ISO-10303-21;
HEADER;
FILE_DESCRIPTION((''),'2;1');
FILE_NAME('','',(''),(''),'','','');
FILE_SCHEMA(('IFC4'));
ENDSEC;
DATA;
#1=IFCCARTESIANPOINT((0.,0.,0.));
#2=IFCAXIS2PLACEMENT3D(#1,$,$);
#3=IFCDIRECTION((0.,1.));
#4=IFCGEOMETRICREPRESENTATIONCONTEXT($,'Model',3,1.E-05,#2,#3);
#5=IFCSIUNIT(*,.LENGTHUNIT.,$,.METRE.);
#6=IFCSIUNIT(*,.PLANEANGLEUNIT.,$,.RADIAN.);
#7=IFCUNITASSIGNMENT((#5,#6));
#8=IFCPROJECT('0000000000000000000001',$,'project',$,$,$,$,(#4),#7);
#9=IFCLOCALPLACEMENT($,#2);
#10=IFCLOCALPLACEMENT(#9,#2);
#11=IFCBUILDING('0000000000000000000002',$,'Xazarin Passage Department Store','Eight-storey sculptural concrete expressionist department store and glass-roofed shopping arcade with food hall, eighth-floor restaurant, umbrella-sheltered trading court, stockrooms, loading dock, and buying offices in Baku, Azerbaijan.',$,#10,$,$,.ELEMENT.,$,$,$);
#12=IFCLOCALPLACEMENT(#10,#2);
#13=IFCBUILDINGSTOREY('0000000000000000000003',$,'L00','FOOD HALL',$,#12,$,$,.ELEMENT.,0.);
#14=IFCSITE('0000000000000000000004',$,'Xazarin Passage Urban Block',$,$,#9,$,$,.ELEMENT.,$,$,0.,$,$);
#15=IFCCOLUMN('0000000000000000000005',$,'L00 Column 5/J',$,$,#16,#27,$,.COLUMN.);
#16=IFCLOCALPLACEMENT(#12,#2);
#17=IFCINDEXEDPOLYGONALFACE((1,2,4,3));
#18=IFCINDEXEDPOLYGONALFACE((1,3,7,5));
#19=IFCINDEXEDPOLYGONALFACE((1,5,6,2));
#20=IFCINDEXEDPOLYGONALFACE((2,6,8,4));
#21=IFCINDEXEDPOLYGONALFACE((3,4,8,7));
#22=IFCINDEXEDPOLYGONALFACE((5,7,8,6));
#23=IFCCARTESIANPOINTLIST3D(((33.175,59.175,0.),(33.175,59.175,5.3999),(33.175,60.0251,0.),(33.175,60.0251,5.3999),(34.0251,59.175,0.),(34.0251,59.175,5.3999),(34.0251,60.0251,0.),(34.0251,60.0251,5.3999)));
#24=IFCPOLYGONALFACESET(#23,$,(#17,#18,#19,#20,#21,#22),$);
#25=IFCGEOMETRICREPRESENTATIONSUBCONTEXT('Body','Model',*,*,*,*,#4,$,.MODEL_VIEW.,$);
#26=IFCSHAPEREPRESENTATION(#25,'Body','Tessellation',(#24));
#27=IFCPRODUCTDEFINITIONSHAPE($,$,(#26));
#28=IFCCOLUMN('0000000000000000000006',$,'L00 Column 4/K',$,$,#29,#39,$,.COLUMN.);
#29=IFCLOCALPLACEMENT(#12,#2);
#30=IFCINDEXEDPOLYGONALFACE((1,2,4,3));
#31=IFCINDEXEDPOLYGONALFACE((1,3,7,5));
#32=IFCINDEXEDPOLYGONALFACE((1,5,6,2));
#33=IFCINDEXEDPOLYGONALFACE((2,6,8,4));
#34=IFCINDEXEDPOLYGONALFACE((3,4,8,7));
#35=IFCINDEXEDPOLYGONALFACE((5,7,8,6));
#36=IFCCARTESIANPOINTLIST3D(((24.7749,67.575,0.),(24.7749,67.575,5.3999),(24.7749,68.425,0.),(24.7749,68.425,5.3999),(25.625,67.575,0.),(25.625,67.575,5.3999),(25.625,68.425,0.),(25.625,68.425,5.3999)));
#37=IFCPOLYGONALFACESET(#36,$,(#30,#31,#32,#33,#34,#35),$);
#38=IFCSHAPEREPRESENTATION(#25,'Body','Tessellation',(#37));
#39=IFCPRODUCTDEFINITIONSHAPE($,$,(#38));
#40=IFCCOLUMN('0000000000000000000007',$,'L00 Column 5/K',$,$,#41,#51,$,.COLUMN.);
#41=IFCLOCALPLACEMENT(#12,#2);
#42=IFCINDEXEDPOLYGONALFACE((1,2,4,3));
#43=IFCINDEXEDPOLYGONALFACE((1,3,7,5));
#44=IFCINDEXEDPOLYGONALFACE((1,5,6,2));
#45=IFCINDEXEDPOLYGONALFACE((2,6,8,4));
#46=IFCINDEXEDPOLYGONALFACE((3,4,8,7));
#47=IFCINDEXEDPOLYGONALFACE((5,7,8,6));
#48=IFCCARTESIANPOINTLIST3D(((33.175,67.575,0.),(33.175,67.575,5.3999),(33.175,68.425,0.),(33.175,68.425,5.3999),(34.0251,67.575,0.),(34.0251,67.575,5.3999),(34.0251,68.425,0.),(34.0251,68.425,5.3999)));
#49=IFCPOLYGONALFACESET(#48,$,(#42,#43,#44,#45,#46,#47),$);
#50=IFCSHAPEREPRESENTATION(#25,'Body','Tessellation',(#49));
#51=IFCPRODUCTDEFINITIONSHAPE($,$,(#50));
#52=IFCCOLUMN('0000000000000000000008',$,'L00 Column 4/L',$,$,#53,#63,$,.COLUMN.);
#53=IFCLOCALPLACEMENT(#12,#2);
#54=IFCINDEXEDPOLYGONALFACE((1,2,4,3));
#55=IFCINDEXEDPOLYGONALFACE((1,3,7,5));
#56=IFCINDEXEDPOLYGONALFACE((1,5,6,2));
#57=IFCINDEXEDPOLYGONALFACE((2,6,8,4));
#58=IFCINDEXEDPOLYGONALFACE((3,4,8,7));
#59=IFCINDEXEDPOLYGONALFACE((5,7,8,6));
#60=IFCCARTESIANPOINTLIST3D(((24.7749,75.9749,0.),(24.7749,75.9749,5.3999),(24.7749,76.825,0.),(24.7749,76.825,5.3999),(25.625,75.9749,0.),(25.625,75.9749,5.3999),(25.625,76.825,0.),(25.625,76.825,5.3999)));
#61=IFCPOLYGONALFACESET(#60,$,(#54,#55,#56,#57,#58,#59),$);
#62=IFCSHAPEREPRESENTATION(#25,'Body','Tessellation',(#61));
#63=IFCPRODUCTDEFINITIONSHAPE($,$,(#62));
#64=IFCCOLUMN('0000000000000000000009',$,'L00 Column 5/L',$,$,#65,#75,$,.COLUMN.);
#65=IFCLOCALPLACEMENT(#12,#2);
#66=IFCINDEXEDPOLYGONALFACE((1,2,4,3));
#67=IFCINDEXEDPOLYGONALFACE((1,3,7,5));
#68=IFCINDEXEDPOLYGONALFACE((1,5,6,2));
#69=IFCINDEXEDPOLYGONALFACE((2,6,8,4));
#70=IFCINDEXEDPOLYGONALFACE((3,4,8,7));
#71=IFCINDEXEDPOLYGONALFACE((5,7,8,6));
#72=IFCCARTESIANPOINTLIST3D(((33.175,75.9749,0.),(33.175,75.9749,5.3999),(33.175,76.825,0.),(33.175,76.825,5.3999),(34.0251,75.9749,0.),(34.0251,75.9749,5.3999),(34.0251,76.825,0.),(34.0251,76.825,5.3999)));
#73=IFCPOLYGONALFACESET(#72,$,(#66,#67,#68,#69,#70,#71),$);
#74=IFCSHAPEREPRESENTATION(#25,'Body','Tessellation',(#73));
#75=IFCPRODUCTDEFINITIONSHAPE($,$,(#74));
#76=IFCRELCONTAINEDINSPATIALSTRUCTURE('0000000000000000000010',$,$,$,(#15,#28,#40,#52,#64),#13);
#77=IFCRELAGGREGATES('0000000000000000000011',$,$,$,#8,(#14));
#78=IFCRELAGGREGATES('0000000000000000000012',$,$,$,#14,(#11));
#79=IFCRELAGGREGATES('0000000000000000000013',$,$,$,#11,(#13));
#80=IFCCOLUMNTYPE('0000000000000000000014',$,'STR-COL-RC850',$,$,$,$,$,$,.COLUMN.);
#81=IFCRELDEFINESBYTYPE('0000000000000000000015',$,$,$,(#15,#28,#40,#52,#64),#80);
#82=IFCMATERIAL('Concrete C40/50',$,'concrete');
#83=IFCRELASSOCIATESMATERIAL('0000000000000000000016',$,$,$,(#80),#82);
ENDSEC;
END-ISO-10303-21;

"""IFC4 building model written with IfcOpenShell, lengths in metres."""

from ifc_helpers import new_model, si_unit, direction, frame, origin, origin_2d, place, context, subcontext, project, spatial, rectangle, extrude, material, material_profile, profile_set, type_object, element, save


model = new_model("IFC4")

# Units and contexts
model_context = context("Model", 3, precision=1e-05, world=origin(), true_north=direction((0.0, 1.0)))
body_context = subcontext(model_context, "Body", "Model", "MODEL_VIEW")
ifc_project = project(units=[si_unit("LENGTHUNIT", "METRE"), si_unit("PLANEANGLEUNIT", "RADIAN")], contexts=[model_context])

# Site, building, storey
site_placement = place(None, origin())
site = spatial("IfcSite", under=ifc_project, at=site_placement, Name="Xazarin Passage Urban Block", CompositionType="ELEMENT", RefElevation=0.0)
building_placement = place(site_placement, origin())
building = spatial("IfcBuilding", under=site, at=building_placement, Name="Xazarin Passage Department Store", Description="Eight-storey sculptural concrete expressionist department store and glass-roofed shopping arcade with food hall, eighth-floor restaurant, umbrella-sheltered trading court, stockrooms, loading dock, and buying offices in Baku, Azerbaijan.", CompositionType="ELEMENT")
storey_placement = place(building_placement, origin())
storey = spatial("IfcBuildingStorey", under=building, at=storey_placement, Name="L00", Description="FOOD HALL", CompositionType="ELEMENT", Elevation=0.0)

# Columns
ifc_material_1 = material(Name="Concrete C40/50", Category="concrete")
ifc_material_profile_1 = material_profile(ifc_material_1, rectangle(XDim=0.8501, YDim=0.8501, at=origin_2d()), Name="RC 850x850")
ifc_profile_set_1 = profile_set([ifc_material_profile_1], Name="Concrete C40/50")
column_type = type_object("IfcColumnType", Name="STR-COL-RC850", PredefinedType="COLUMN", material=ifc_profile_set_1)
for number, where, z_axis, x_axis, name in (
    (1, (33.6001, 59.6001, 0.0), (0.0, 0.0, 1.0), (1.0, 0.0, 0.0), "L00 Column 5/J"),
    (2, (25.2, 68.0, 0.0), (0.0, 0.0, 1.0), (1.0, 0.0, 0.0), "L00 Column 4/K"),
    (3, (33.6001, 68.0, 0.0), (0.0, 0.0, 1.0), (1.0, 0.0, 0.0), "L00 Column 5/K"),
    (4, (25.2, 76.3999, 0.0), (0.0, 0.0, 1.0), (1.0, 0.0, 0.0), "L00 Column 4/L"),
    (5, (33.6001, 76.3999, 0.0), (0.0, 0.0, 1.0), (1.0, 0.0, 0.0), "L00 Column 5/L"),
):
    element("IfcColumn", number, at=place(storey_placement, frame(where, z_axis=z_axis, x_axis=x_axis)), inside=storey, type_object=column_type, Name=name, PredefinedType="COLUMN", context=body_context, shape_type="SweptSolid", body=[
        extrude(rectangle(XDim=0.8501, YDim=0.8501, at=origin_2d()), origin(), (0.0, 0.0, 1.0), 5.3999),
    ])

save(model, "model.ifc")
